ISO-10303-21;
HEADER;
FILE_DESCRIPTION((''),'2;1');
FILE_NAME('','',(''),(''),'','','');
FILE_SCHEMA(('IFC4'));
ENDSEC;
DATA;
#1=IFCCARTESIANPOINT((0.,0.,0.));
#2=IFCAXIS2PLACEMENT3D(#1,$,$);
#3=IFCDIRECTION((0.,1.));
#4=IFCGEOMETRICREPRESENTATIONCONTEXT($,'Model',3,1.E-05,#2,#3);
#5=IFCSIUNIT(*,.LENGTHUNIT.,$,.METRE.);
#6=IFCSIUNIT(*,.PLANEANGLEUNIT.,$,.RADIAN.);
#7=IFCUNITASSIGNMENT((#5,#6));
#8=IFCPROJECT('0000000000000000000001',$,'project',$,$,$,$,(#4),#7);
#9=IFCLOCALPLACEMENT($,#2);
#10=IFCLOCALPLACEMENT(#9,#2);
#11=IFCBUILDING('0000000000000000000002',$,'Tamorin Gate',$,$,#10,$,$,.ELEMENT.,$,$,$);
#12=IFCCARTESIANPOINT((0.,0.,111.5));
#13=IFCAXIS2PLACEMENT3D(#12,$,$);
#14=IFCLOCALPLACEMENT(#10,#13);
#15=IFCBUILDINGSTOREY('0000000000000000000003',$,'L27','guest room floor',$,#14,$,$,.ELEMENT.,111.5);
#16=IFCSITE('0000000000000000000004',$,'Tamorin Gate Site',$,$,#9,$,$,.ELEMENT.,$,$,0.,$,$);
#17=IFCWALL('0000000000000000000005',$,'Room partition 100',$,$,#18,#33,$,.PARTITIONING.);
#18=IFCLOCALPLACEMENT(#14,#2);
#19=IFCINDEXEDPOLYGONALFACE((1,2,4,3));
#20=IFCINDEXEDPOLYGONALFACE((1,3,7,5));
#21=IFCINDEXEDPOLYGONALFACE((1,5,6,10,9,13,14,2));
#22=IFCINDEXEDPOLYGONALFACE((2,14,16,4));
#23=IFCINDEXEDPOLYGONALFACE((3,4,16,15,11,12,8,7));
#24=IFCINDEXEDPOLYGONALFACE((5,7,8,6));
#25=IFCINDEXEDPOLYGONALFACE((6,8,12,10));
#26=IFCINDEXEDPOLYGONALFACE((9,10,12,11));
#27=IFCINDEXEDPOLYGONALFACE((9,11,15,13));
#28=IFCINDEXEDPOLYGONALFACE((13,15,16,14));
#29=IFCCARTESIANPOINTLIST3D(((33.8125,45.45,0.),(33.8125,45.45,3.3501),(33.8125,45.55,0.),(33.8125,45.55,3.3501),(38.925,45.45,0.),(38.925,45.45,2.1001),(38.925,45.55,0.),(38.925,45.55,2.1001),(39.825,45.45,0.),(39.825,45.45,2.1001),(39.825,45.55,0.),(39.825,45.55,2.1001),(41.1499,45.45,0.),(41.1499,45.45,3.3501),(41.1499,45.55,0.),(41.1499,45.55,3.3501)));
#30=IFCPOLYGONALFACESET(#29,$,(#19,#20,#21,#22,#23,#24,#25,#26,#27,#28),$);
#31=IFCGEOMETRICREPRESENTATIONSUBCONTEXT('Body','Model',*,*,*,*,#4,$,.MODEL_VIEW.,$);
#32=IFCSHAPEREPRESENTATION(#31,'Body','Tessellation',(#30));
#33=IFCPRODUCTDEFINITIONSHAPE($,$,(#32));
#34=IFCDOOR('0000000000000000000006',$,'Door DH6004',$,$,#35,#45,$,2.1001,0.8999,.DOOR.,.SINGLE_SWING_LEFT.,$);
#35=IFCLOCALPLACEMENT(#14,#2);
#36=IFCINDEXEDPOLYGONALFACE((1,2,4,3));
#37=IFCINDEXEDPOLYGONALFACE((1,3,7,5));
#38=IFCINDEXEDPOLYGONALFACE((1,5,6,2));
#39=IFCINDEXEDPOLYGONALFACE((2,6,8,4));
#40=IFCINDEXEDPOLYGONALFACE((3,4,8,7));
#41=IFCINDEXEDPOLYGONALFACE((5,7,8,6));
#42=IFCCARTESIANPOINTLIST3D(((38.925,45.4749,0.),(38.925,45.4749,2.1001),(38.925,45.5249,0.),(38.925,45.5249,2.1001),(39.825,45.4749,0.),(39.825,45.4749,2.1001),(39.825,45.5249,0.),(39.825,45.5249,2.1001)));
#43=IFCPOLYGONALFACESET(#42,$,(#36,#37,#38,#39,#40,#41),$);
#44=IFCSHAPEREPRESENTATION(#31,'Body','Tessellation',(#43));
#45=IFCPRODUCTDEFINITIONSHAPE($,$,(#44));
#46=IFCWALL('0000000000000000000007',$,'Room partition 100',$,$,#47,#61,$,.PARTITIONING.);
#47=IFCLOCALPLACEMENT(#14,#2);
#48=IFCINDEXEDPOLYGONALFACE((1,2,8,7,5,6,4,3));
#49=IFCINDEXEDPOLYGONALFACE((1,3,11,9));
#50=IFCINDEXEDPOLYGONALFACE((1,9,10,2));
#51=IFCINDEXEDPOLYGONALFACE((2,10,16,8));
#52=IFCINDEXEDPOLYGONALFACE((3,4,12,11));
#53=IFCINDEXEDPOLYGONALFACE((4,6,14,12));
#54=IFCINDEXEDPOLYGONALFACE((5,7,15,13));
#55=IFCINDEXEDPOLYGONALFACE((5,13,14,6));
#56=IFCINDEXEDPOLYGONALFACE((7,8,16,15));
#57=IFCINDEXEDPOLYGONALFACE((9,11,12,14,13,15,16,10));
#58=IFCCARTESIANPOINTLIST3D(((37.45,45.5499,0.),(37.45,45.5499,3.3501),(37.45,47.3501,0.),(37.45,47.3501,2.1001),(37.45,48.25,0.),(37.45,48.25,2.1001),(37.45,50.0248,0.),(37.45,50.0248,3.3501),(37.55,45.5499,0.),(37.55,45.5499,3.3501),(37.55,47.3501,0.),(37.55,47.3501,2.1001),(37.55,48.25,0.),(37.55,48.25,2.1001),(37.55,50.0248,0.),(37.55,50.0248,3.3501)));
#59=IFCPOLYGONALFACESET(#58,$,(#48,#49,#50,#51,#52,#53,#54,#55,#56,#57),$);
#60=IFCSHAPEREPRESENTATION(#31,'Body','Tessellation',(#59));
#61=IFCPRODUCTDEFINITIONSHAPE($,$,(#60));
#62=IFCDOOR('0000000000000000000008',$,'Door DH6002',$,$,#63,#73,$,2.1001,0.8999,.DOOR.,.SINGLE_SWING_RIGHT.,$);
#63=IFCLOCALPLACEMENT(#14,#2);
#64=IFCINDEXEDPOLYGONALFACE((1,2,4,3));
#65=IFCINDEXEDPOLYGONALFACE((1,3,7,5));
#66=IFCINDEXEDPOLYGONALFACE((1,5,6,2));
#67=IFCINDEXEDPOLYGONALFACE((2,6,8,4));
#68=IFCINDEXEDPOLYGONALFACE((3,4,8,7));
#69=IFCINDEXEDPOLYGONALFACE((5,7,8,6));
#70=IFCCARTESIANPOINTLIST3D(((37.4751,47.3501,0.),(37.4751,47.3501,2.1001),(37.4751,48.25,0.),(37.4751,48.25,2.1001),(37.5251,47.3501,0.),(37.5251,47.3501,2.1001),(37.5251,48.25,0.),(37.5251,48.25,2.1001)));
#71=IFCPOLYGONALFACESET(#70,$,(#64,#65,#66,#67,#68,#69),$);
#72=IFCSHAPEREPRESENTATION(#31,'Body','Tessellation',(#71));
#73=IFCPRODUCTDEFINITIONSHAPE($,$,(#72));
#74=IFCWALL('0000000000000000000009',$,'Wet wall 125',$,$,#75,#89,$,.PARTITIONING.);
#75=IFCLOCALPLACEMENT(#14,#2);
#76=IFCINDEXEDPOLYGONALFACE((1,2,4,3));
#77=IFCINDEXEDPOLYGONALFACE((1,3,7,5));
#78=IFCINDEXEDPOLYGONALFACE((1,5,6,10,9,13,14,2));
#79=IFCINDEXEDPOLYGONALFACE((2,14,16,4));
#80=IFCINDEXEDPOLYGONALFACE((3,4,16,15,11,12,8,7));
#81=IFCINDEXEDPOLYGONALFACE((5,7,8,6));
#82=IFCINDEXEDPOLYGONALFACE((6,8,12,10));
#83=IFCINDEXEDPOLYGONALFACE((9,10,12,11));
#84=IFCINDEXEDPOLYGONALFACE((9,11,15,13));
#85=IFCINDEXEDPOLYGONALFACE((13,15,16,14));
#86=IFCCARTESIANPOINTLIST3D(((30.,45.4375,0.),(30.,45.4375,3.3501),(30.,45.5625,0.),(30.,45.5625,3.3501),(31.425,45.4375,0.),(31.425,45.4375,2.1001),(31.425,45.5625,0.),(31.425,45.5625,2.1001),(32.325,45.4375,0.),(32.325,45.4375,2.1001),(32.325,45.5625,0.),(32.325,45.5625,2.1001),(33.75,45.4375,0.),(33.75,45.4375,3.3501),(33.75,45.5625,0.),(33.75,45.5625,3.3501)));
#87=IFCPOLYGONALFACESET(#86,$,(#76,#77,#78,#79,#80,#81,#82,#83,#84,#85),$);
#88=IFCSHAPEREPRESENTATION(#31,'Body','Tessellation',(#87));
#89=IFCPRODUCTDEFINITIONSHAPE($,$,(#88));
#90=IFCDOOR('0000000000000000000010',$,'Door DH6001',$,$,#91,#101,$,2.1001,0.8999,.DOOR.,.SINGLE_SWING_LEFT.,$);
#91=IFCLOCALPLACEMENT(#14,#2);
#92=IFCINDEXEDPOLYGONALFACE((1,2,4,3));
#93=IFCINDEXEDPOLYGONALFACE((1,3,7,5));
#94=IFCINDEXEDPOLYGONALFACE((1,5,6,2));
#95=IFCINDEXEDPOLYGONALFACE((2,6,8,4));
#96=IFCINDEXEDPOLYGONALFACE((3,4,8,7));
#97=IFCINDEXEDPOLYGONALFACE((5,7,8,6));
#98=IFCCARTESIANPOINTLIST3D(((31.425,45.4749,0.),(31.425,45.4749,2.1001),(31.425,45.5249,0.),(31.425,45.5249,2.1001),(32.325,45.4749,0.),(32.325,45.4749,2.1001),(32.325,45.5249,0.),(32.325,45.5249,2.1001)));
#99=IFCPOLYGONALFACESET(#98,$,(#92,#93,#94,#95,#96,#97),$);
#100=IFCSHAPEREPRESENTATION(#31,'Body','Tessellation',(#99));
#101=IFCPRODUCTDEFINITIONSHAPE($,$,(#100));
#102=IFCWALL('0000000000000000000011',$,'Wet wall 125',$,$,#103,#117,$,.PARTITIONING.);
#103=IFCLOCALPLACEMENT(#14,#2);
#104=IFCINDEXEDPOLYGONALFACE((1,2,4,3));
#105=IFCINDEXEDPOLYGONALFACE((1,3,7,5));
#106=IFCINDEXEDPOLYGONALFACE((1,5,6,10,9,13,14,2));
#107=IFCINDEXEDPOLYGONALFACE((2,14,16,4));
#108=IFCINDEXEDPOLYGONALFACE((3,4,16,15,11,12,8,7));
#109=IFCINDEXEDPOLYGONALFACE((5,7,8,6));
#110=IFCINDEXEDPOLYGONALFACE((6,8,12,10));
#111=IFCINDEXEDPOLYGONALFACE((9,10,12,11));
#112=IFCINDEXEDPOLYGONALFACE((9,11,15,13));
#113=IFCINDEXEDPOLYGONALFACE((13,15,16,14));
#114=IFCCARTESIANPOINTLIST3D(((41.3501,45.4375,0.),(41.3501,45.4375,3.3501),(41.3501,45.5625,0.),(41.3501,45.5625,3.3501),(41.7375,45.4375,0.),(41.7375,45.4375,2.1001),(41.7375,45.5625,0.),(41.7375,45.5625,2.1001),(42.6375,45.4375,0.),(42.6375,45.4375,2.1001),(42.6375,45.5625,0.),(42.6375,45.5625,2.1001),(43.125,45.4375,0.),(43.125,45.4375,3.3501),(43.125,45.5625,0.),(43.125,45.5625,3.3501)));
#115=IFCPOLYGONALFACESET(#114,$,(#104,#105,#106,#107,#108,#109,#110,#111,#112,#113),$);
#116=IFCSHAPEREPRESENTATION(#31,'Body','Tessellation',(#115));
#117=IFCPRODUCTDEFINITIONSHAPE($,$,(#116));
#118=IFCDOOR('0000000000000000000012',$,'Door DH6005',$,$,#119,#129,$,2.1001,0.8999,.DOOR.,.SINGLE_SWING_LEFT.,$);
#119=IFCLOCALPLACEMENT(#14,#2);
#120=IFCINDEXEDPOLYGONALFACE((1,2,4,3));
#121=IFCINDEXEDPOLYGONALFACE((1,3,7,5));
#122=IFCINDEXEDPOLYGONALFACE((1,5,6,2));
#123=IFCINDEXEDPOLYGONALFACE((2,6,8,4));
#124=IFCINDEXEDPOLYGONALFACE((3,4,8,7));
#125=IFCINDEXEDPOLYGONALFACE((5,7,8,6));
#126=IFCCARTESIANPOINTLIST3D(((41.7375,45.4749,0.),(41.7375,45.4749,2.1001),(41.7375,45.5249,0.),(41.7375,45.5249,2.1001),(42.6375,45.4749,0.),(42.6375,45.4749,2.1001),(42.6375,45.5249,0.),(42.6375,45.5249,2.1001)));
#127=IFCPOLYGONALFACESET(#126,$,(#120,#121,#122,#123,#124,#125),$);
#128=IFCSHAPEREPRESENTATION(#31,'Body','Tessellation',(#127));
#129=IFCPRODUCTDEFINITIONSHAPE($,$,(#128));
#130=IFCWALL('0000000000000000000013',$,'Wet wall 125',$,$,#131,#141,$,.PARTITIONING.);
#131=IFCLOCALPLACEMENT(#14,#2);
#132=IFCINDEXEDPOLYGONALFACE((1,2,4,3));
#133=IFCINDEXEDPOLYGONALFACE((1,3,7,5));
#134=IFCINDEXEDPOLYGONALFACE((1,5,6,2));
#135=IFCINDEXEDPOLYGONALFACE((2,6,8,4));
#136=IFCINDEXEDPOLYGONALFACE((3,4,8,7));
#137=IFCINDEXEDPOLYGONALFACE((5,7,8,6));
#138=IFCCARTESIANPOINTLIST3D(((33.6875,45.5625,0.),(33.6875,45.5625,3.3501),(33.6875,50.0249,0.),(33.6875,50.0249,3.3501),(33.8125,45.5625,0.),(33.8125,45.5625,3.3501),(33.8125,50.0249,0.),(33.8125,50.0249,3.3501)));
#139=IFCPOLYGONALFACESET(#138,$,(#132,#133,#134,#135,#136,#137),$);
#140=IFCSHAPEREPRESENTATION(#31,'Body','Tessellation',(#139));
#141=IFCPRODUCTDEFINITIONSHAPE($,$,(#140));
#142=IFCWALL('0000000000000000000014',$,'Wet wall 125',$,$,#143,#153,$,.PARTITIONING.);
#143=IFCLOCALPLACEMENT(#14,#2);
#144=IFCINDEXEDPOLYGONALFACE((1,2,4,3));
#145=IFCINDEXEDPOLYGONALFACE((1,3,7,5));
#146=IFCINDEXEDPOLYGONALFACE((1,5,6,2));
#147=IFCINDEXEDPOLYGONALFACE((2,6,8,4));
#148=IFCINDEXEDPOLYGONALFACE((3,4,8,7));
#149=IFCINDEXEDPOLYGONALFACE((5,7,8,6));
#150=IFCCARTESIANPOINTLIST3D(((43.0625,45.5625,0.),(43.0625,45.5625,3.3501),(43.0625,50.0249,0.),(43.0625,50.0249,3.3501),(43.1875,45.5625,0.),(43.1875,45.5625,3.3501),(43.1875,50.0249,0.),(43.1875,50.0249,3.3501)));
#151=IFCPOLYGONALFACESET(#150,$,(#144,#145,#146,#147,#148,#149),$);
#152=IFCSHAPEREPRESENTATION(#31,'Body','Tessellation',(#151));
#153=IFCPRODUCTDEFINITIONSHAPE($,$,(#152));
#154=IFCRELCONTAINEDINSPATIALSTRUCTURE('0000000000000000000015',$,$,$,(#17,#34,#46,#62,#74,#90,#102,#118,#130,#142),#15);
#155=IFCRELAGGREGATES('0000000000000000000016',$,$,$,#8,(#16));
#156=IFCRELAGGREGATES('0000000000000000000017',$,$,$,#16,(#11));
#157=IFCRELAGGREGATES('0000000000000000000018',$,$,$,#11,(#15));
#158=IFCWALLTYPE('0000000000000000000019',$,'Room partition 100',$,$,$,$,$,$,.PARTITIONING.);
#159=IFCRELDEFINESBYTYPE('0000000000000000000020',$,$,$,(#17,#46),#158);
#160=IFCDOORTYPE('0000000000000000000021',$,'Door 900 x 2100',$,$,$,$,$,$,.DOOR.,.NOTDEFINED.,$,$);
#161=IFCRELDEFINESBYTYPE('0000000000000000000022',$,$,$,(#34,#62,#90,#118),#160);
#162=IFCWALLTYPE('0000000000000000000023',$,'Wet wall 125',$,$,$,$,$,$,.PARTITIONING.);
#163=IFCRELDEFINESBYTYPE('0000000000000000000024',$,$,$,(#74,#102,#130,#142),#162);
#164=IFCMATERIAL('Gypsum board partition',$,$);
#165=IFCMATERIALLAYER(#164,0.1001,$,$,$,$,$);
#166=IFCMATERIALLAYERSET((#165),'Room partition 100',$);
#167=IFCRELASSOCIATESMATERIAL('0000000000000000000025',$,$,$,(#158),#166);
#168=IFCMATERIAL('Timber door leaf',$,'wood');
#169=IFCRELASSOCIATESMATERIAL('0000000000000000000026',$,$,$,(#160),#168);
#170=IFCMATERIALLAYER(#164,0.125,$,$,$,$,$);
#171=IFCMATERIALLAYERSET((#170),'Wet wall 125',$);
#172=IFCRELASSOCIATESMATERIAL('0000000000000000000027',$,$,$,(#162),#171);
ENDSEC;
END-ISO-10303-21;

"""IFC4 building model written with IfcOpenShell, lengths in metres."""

from ifc_helpers import new_model, si_unit, direction, frame, frame_2d, origin, place, context, subcontext, project, spatial, rectangle, extrude, material, layer, layer_set, type_object, element, fill, save


model = new_model("IFC4")

# Units and contexts
model_context = context("Model", 3, precision=1e-05, world=origin(), true_north=direction((0.0, 1.0)))
body_context = subcontext(model_context, "Body", "Model", "MODEL_VIEW")
ifc_project = project(units=[si_unit("LENGTHUNIT", "METRE"), si_unit("PLANEANGLEUNIT", "RADIAN")], contexts=[model_context])

# Site, building, storey
site_placement = place(None, origin())
site = spatial("IfcSite", under=ifc_project, at=site_placement, Name="Tamorin Gate Site", CompositionType="ELEMENT", RefElevation=0.0)
building_placement = place(site_placement, origin())
building = spatial("IfcBuilding", under=site, at=building_placement, Name="Tamorin Gate", CompositionType="ELEMENT")
storey_placement = place(building_placement, frame((0.0, 0.0, 111.5)))
storey = spatial("IfcBuildingStorey", under=building, at=storey_placement, Name="L27", Description="guest room floor", CompositionType="ELEMENT", Elevation=111.5)

# Shared definitions
ifc_material_1 = material(Name="Gypsum board partition")
ifc_material_2 = material(Name="Timber door leaf", Category="wood")

# Walls, openings, doors
ifc_layer_1 = layer(ifc_material_1, 0.1001)
ifc_layer_set_1 = layer_set([ifc_layer_1], Name="Room partition 100")
wall_type_1 = type_object("IfcWallType", Name="Room partition 100", PredefinedType="PARTITIONING", material=ifc_layer_set_1)
wall_1_placement = place(storey_placement, frame((33.8125, 45.5, 0.0), z_axis=(0.0, 0.0, 1.0), x_axis=(1.0, 0.0, 0.0)))
wall_1 = element("IfcWall", 1, at=wall_1_placement, inside=storey, type_object=wall_type_1, Name="Room partition 100", PredefinedType="PARTITIONING", context=body_context, shape_type="SweptSolid", body=[
    extrude(rectangle(XDim=7.3374, YDim=0.1001, at=frame_2d((3.6687, 0.0))), origin(), (0.0, 0.0, 1.0), 3.3501),
])
opening_1_placement = place(wall_1_placement, frame((5.1125, 0.0, 0.0)))
opening_1 = element("IfcOpeningElement", 2, at=opening_1_placement, cuts=wall_1, PredefinedType="OPENING", context=body_context, shape_type="SweptSolid", body=[
    extrude(rectangle(XDim=0.8999, YDim=2.1001, at=frame_2d((0.45, 1.05))), frame((0.0, 0.0601, 0.0), z_axis=(0.0, -1.0, 0.0), x_axis=(1.0, 0.0, 0.0)), (0.0, 0.0, 1.0), 0.1201),
])
door_type_1 = type_object("IfcDoorType", Name="Door 900 x 2100", OperationType="NOTDEFINED", PredefinedType="DOOR", material=ifc_material_2)
door_1_placement = place(opening_1_placement, origin())
door_1 = element("IfcDoor", 3, at=door_1_placement, inside=storey, type_object=door_type_1, Name="Door DH6004", OperationType="SINGLE_SWING_LEFT", OverallHeight=2.1001, OverallWidth=0.8999, PredefinedType="DOOR", context=body_context, shape_type="SweptSolid", body=[
    extrude(rectangle(XDim=0.8999, YDim=2.1001, at=frame_2d((0.45, 1.05))), frame((0.0, 0.0249, 0.0), z_axis=(0.0, -1.0, 0.0), x_axis=(1.0, 0.0, 0.0)), (0.0, 0.0, 1.0), 0.05),
])
fill(opening_1, door_1)
wall_2_placement = place(storey_placement, frame((37.5, 45.55, 0.0), z_axis=(0.0, 0.0, 1.0), x_axis=(0.0, 1.0, 0.0)))
wall_2 = element("IfcWall", 4, at=wall_2_placement, inside=storey, type_object=wall_type_1, Name="Room partition 100", PredefinedType="PARTITIONING", context=body_context, shape_type="SweptSolid", body=[
    extrude(rectangle(XDim=4.4749, YDim=0.1001, at=frame_2d((2.2373, 0.0))), origin(), (0.0, 0.0, 1.0), 3.3501),
])
opening_2_placement = place(wall_2_placement, frame((1.8, 0.0, 0.0)))
opening_2 = element("IfcOpeningElement", 5, at=opening_2_placement, cuts=wall_2, PredefinedType="OPENING", context=body_context, shape_type="SweptSolid", body=[
    extrude(rectangle(XDim=0.8999, YDim=2.1001, at=frame_2d((0.45, 1.05))), frame((0.0, 0.0601, 0.0), z_axis=(0.0, -1.0, 0.0), x_axis=(1.0, 0.0, 0.0)), (0.0, 0.0, 1.0), 0.1201),
])
door_2_placement = place(opening_2_placement, origin())
door_2 = element("IfcDoor", 6, at=door_2_placement, inside=storey, type_object=door_type_1, Name="Door DH6002", OperationType="SINGLE_SWING_RIGHT", OverallHeight=2.1001, OverallWidth=0.8999, PredefinedType="DOOR", context=body_context, shape_type="SweptSolid", body=[
    extrude(rectangle(XDim=0.8999, YDim=2.1001, at=frame_2d((0.45, 1.05))), frame((0.0, 0.0249, 0.0), z_axis=(0.0, -1.0, 0.0), x_axis=(1.0, 0.0, 0.0)), (0.0, 0.0, 1.0), 0.05),
])
fill(opening_2, door_2)
ifc_layer_2 = layer(ifc_material_1, 0.125)
ifc_layer_set_2 = layer_set([ifc_layer_2], Name="Wet wall 125")
wall_type_2 = type_object("IfcWallType", Name="Wet wall 125", PredefinedType="PARTITIONING", material=ifc_layer_set_2)
wall_3_placement = place(storey_placement, frame((30.0, 45.5, 0.0), z_axis=(0.0, 0.0, 1.0), x_axis=(1.0, 0.0, 0.0)))
wall_3 = element("IfcWall", 7, at=wall_3_placement, inside=storey, type_object=wall_type_2, Name="Wet wall 125", PredefinedType="PARTITIONING", context=body_context, shape_type="SweptSolid", body=[
    extrude(rectangle(XDim=3.75, YDim=0.125, at=frame_2d((1.875, 0.0))), origin(), (0.0, 0.0, 1.0), 3.3501),
])
opening_3_placement = place(wall_3_placement, frame((1.425, 0.0, 0.0)))
opening_3 = element("IfcOpeningElement", 8, at=opening_3_placement, cuts=wall_3, PredefinedType="OPENING", context=body_context, shape_type="SweptSolid", body=[
    extrude(rectangle(XDim=0.8999, YDim=2.1001, at=frame_2d((0.45, 1.05))), frame((0.0, 0.0725, 0.0), z_axis=(0.0, -1.0, 0.0), x_axis=(1.0, 0.0, 0.0)), (0.0, 0.0, 1.0), 0.145),
])
door_3_placement = place(opening_3_placement, origin())
door_3 = element("IfcDoor", 9, at=door_3_placement, inside=storey, type_object=door_type_1, Name="Door DH6001", OperationType="SINGLE_SWING_LEFT", OverallHeight=2.1001, OverallWidth=0.8999, PredefinedType="DOOR", context=body_context, shape_type="SweptSolid", body=[
    extrude(rectangle(XDim=0.8999, YDim=2.1001, at=frame_2d((0.45, 1.05))), frame((0.0, 0.0249, 0.0), z_axis=(0.0, -1.0, 0.0), x_axis=(1.0, 0.0, 0.0)), (0.0, 0.0, 1.0), 0.05),
])
fill(opening_3, door_3)
wall_4_placement = place(storey_placement, frame((41.3501, 45.5, 0.0), z_axis=(0.0, 0.0, 1.0), x_axis=(1.0, 0.0, 0.0)))
wall_4 = element("IfcWall", 10, at=wall_4_placement, inside=storey, type_object=wall_type_2, Name="Wet wall 125", PredefinedType="PARTITIONING", context=body_context, shape_type="SweptSolid", body=[
    extrude(rectangle(XDim=1.7749, YDim=0.125, at=frame_2d((0.8875, 0.0))), origin(), (0.0, 0.0, 1.0), 3.3501),
])
opening_4_placement = place(wall_4_placement, frame((0.3875, 0.0, 0.0)))
opening_4 = element("IfcOpeningElement", 11, at=opening_4_placement, cuts=wall_4, PredefinedType="OPENING", context=body_context, shape_type="SweptSolid", body=[
    extrude(rectangle(XDim=0.8999, YDim=2.1001, at=frame_2d((0.45, 1.05))), frame((0.0, 0.0725, 0.0), z_axis=(0.0, -1.0, 0.0), x_axis=(1.0, 0.0, 0.0)), (0.0, 0.0, 1.0), 0.145),
])
door_4_placement = place(opening_4_placement, origin())
door_4 = element("IfcDoor", 12, at=door_4_placement, inside=storey, type_object=door_type_1, Name="Door DH6005", OperationType="SINGLE_SWING_LEFT", OverallHeight=2.1001, OverallWidth=0.8999, PredefinedType="DOOR", context=body_context, shape_type="SweptSolid", body=[
    extrude(rectangle(XDim=0.8999, YDim=2.1001, at=frame_2d((0.45, 1.05))), frame((0.0, 0.0249, 0.0), z_axis=(0.0, -1.0, 0.0), x_axis=(1.0, 0.0, 0.0)), (0.0, 0.0, 1.0), 0.05),
])
fill(opening_4, door_4)

# Walls
for number, where, z_axis, x_axis, name in (
    (13, (33.75, 45.5625, 0.0), (0.0, 0.0, 1.0), (0.0, 1.0, 0.0), "Wet wall 125"),
    (14, (43.125, 45.5625, 0.0), (0.0, 0.0, 1.0), (0.0, 1.0, 0.0), "Wet wall 125"),
):
    element("IfcWall", number, at=place(storey_placement, frame(where, z_axis=z_axis, x_axis=x_axis)), inside=storey, type_object=wall_type_2, Name=name, PredefinedType="PARTITIONING", context=body_context, shape_type="SweptSolid", body=[
        extrude(rectangle(XDim=4.4624, YDim=0.125, at=frame_2d((2.2312, 0.0))), origin(), (0.0, 0.0, 1.0), 3.3501),
    ])

save(model, "model.ifc")
